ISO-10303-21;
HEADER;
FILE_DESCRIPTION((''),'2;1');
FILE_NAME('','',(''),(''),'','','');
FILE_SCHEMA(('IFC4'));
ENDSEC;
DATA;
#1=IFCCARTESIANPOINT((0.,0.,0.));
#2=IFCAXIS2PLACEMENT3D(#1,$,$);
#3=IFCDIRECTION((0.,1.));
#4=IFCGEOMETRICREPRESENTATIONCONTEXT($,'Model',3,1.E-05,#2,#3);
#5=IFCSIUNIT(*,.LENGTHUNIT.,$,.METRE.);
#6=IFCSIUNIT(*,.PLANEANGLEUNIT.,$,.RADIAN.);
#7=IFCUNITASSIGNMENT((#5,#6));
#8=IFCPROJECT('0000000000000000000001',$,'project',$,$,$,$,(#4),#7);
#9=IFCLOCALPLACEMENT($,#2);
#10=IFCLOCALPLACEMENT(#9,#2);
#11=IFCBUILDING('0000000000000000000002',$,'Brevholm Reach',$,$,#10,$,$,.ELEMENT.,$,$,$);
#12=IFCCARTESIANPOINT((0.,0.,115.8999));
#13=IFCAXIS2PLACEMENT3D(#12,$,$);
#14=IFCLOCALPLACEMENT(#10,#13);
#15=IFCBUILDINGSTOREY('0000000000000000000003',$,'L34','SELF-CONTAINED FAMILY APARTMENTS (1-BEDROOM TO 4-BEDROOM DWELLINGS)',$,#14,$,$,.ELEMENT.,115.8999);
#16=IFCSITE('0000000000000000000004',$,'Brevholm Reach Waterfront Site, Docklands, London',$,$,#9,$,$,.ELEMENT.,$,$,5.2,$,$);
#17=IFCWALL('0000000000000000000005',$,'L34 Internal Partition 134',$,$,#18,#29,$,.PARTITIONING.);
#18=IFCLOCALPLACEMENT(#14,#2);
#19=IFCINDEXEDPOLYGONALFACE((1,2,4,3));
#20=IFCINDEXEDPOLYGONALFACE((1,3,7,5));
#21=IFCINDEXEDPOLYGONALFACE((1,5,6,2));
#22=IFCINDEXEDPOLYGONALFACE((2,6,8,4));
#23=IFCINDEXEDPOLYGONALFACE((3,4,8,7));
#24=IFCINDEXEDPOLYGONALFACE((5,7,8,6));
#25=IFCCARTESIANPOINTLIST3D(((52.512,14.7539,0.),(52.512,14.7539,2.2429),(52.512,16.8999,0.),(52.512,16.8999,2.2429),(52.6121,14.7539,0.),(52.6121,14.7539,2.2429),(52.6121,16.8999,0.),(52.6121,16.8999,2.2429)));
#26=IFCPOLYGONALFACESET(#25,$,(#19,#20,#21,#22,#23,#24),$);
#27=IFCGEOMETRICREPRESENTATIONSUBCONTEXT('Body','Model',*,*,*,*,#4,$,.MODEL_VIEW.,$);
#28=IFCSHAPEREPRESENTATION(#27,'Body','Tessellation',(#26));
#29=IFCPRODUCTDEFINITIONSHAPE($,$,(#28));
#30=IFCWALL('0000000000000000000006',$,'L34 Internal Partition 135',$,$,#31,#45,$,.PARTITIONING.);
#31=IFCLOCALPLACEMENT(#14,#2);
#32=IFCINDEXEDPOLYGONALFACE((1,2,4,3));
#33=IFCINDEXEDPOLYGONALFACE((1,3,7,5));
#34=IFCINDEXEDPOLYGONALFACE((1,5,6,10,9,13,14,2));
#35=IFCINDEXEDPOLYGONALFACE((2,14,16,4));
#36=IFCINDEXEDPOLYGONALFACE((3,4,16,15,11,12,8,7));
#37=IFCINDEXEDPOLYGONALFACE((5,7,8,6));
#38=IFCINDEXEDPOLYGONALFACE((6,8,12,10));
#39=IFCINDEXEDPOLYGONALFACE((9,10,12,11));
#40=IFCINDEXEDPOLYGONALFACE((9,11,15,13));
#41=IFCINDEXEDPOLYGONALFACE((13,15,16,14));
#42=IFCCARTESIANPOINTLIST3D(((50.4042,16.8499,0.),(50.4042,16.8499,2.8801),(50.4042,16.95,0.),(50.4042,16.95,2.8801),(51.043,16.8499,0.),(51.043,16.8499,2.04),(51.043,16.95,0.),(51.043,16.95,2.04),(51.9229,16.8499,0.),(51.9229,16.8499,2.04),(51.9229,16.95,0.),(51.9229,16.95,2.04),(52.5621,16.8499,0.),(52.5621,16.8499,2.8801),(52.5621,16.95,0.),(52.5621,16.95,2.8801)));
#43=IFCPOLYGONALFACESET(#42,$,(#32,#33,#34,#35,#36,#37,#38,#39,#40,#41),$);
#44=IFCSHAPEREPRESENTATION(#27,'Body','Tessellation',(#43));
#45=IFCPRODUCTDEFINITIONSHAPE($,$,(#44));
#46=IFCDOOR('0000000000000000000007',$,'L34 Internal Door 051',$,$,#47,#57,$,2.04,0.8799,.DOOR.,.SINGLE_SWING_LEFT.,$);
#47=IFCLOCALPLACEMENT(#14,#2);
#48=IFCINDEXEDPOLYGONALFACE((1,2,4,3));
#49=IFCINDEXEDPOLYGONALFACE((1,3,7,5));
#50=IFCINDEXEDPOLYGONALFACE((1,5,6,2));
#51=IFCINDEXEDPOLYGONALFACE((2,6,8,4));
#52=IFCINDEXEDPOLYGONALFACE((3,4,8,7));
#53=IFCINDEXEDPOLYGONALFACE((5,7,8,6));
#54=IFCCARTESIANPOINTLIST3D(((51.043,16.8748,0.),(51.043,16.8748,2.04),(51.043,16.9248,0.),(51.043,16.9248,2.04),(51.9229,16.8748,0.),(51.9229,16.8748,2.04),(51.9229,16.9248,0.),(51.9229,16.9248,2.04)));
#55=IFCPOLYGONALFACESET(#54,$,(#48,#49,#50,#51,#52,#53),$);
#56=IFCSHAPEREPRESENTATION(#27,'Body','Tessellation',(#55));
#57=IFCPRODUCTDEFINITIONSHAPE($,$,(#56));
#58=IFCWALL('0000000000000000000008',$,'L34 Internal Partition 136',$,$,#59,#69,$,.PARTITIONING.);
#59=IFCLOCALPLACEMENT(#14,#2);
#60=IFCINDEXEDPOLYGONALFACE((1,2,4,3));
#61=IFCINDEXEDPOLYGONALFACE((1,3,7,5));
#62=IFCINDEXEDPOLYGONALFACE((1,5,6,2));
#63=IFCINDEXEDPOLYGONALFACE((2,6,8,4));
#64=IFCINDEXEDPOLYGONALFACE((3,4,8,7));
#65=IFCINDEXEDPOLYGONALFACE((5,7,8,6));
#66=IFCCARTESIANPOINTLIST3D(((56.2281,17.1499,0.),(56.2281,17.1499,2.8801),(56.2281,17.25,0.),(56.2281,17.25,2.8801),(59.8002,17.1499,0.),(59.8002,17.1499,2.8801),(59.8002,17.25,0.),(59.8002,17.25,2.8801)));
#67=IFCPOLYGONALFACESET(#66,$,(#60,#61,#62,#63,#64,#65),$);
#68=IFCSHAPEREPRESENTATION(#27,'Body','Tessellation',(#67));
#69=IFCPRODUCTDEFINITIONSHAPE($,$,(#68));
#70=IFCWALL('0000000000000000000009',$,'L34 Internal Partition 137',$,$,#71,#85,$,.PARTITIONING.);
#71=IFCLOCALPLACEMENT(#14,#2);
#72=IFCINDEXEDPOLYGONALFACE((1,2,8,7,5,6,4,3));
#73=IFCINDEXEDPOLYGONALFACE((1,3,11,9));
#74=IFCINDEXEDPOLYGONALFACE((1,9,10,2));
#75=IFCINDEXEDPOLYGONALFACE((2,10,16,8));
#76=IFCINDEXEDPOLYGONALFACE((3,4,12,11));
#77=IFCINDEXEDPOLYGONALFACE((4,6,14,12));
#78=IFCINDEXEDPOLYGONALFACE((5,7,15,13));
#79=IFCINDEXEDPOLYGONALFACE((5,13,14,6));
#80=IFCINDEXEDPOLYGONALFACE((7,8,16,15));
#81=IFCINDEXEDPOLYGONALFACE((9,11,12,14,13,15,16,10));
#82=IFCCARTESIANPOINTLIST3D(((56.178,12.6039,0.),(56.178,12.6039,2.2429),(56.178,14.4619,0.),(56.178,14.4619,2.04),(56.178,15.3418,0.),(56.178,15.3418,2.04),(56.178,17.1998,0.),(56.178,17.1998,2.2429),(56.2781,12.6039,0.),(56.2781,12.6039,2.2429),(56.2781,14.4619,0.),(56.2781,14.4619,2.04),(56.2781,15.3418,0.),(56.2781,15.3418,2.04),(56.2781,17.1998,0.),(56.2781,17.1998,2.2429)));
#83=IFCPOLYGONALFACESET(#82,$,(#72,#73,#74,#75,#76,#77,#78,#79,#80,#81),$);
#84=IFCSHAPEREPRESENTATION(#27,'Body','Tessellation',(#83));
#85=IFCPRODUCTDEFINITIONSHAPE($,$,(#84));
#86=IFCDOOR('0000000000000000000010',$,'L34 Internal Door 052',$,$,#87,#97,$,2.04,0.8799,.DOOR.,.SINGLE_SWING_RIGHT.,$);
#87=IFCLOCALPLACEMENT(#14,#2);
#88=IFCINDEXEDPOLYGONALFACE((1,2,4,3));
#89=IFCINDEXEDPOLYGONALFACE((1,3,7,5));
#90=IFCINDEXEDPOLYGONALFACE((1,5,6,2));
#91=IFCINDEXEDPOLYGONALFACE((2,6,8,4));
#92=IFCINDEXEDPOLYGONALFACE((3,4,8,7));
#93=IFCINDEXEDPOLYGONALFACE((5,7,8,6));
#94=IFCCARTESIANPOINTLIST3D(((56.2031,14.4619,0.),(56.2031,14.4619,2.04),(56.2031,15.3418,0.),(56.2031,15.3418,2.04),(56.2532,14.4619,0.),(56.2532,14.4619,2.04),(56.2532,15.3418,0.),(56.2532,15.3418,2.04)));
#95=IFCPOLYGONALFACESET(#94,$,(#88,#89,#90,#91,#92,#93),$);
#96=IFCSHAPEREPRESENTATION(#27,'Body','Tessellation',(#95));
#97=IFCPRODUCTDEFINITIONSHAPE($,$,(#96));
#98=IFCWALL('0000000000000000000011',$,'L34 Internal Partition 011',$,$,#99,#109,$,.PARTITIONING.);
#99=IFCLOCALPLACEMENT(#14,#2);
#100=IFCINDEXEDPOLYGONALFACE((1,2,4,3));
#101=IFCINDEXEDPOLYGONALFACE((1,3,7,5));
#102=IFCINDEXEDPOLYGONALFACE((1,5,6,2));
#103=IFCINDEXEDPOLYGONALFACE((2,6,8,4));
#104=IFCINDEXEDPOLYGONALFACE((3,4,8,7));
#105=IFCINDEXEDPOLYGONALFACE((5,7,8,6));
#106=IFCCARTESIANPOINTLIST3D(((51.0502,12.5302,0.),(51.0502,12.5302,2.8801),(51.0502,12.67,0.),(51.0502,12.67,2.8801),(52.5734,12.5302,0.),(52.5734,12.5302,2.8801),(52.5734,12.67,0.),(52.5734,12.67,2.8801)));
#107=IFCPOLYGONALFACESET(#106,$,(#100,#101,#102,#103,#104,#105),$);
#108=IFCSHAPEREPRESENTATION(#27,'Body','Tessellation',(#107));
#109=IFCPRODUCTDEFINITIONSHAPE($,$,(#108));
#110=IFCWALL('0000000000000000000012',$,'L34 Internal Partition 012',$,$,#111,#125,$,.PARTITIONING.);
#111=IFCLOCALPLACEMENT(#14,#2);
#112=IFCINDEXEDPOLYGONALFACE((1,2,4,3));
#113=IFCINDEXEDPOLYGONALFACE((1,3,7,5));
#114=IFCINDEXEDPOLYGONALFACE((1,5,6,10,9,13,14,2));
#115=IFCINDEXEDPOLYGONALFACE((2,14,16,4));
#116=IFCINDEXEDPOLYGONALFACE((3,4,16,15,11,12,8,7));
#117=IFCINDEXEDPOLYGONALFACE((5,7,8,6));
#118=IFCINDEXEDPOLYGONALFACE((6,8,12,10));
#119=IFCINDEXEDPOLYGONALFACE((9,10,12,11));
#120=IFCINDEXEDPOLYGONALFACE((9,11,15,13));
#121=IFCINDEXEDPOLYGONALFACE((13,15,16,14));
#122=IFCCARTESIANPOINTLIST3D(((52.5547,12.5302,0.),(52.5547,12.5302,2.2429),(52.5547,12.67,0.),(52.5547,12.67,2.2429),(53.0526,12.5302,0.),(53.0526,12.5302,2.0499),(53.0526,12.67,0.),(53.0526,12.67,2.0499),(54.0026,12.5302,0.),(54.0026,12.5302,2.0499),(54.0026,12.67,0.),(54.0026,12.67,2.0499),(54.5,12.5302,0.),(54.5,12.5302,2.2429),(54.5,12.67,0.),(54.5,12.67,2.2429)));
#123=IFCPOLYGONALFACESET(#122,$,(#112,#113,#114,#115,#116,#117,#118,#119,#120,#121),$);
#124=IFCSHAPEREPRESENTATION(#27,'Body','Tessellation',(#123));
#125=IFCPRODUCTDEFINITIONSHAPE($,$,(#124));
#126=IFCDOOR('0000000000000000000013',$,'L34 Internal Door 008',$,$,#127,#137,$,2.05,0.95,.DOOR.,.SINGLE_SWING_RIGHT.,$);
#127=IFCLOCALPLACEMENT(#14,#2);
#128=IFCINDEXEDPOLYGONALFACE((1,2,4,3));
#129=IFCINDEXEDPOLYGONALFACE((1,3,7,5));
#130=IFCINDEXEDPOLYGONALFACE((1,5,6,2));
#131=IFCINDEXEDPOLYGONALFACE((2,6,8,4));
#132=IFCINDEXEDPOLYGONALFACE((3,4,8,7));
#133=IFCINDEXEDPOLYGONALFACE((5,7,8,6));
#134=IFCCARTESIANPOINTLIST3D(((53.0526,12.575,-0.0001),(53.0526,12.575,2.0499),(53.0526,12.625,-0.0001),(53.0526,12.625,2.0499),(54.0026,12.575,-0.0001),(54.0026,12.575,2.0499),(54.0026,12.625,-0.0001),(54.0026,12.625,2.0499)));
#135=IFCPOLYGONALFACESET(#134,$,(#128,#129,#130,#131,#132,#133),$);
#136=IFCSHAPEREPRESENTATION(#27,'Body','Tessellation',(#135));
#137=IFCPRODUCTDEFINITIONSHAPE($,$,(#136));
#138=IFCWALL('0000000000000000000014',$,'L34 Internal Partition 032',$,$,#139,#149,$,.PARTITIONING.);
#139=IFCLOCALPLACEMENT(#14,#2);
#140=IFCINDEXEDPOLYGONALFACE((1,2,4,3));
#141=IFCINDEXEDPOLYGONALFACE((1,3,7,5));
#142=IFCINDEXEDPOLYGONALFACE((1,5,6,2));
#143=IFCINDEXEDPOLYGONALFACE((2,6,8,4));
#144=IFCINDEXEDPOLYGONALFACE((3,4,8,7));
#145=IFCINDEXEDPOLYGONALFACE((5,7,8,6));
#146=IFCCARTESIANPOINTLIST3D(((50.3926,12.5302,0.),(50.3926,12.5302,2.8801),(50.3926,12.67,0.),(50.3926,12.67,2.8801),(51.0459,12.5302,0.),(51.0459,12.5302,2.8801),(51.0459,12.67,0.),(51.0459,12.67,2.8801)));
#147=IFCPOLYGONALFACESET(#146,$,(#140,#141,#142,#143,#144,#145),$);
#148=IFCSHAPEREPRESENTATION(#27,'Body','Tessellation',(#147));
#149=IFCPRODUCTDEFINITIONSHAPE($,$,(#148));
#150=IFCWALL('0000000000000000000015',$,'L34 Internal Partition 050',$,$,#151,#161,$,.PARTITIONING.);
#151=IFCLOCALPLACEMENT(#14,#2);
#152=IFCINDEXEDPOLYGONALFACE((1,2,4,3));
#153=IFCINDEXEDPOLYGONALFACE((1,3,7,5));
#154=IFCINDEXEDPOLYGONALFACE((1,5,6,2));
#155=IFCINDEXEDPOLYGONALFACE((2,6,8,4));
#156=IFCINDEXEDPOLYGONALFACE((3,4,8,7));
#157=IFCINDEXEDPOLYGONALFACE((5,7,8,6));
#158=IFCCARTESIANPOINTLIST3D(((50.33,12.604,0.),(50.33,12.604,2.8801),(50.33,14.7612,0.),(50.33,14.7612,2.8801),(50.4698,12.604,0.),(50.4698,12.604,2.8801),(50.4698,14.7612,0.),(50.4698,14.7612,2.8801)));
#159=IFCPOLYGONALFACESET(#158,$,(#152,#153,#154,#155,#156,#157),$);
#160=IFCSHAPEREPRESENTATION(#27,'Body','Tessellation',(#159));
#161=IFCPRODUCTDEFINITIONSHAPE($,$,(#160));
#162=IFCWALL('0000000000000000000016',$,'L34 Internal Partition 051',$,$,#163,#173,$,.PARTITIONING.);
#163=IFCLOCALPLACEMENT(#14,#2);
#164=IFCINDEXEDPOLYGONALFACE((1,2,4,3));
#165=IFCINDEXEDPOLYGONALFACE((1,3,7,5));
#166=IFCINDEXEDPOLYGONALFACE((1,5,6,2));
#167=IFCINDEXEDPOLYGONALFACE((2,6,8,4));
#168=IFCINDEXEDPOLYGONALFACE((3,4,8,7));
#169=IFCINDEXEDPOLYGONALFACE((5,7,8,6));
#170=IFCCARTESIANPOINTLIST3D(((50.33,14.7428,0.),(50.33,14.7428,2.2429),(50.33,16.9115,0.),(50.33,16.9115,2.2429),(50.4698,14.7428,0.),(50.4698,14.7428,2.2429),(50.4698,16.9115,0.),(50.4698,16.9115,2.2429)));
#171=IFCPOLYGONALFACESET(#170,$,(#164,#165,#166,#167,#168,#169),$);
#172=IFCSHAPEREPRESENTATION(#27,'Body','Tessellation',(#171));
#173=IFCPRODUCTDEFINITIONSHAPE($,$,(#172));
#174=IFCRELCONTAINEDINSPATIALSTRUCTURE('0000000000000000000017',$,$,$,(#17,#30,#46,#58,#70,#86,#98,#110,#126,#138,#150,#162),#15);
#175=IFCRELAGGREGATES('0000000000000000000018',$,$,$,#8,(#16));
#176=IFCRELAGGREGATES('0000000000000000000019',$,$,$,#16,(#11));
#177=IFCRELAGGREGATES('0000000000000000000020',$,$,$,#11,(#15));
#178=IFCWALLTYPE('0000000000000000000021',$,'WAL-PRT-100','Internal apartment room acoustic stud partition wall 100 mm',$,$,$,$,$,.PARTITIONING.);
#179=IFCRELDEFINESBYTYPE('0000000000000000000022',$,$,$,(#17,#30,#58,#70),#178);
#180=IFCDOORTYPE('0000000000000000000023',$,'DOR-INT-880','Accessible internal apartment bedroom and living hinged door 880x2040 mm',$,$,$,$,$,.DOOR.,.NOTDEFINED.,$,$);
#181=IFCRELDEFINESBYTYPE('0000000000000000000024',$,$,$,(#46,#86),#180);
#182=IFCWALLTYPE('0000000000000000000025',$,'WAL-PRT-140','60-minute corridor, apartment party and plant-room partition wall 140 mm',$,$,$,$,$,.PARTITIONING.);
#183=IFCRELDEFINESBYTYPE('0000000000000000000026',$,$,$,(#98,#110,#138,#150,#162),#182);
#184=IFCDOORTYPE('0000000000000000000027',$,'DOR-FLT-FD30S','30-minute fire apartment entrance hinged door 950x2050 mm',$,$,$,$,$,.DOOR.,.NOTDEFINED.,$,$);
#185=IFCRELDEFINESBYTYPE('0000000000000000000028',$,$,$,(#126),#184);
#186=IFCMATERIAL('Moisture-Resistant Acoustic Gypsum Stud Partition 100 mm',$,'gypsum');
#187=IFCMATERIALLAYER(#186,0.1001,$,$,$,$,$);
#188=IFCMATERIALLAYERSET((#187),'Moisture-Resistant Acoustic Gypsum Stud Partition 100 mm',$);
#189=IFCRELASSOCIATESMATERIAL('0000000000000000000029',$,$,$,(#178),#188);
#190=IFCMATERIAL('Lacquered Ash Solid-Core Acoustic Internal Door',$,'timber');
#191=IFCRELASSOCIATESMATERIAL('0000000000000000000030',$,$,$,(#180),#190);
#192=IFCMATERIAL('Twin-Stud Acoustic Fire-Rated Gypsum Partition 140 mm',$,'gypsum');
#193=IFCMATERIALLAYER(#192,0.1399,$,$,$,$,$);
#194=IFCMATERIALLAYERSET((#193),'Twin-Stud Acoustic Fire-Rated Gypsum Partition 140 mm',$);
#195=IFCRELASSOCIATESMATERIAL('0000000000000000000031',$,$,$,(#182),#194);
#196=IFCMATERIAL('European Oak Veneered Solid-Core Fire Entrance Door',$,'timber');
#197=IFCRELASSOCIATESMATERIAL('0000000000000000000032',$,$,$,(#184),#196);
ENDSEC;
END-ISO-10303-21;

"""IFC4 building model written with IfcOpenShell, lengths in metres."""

from ifc_helpers import new_model, si_unit, direction, frame, frame_2d, origin, place, context, subcontext, project, spatial, rectangle, extrude, material, layer, layer_set, type_object, element, fill, save


model = new_model("IFC4")

# Units and contexts
model_context = context("Model", 3, precision=1e-05, world=origin(), true_north=direction((0.0, 1.0)))
body_context = subcontext(model_context, "Body", "Model", "MODEL_VIEW")
ifc_project = project(units=[si_unit("LENGTHUNIT", "METRE"), si_unit("PLANEANGLEUNIT", "RADIAN")], contexts=[model_context])

# Site, building, storey
site_placement = place(None, origin())
site = spatial("IfcSite", under=ifc_project, at=site_placement, Name="Brevholm Reach Waterfront Site, Docklands, London", CompositionType="ELEMENT", RefElevation=5.2)
building_placement = place(site_placement, origin())
building = spatial("IfcBuilding", under=site, at=building_placement, Name="Brevholm Reach", CompositionType="ELEMENT")
storey_placement = place(building_placement, frame((0.0, 0.0, 115.8999)))
storey = spatial("IfcBuildingStorey", under=building, at=storey_placement, Name="L34", Description="SELF-CONTAINED FAMILY APARTMENTS (1-BEDROOM TO 4-BEDROOM DWELLINGS)", CompositionType="ELEMENT", Elevation=115.8999)

# Shared definitions
ifc_material_1 = material(Name="Moisture-Resistant Acoustic Gypsum Stud Partition 100 mm", Category="gypsum")
ifc_layer_1 = layer(ifc_material_1, 0.1001)
ifc_layer_set_1 = layer_set([ifc_layer_1], Name="Moisture-Resistant Acoustic Gypsum Stud Partition 100 mm")
wall_type_1 = type_object("IfcWallType", Name="WAL-PRT-100", Description="Internal apartment room acoustic stud partition wall 100 mm", PredefinedType="PARTITIONING", material=ifc_layer_set_1)

# Wall
wall_1_placement = place(storey_placement, frame((52.562, 14.7539, 0.0), z_axis=(0.0, 0.0, 1.0), x_axis=(0.0, 1.0, 0.0)))
element("IfcWall", 1, at=wall_1_placement, inside=storey, type_object=wall_type_1, Name="L34 Internal Partition 134", PredefinedType="PARTITIONING", context=body_context, shape_type="SweptSolid", body=[
    extrude(rectangle(XDim=2.146, YDim=0.1001, at=frame_2d((1.073, 0.0))), origin(), (0.0, 0.0, 1.0), 2.2429),
])

# Wall, opening, door
wall_2_placement = place(storey_placement, frame((50.4041, 16.8999, 0.0), z_axis=(0.0, 0.0, 1.0), x_axis=(1.0, 0.0, 0.0)))
wall_2 = element("IfcWall", 2, at=wall_2_placement, inside=storey, type_object=wall_type_1, Name="L34 Internal Partition 135", PredefinedType="PARTITIONING", context=body_context, shape_type="SweptSolid", body=[
    extrude(rectangle(XDim=2.158, YDim=0.1001, at=frame_2d((1.0791, 0.0))), origin(), (0.0, 0.0, 1.0), 2.8801),
])
opening_1_placement = place(wall_2_placement, frame((0.6389, 0.0, 0.0)))
opening_1 = element("IfcOpeningElement", 3, at=opening_1_placement, cuts=wall_2, PredefinedType="OPENING", context=body_context, shape_type="SweptSolid", body=[
    extrude(rectangle(XDim=0.8799, YDim=2.04, at=frame_2d((0.4399, 1.02))), frame((0.0, 0.0601, 0.0), z_axis=(0.0, -1.0, 0.0), x_axis=(1.0, 0.0, 0.0)), (0.0, 0.0, 1.0), 0.1201),
])
ifc_material_2 = material(Name="Lacquered Ash Solid-Core Acoustic Internal Door", Category="timber")
door_type_1 = type_object("IfcDoorType", Name="DOR-INT-880", Description="Accessible internal apartment bedroom and living hinged door 880x2040 mm", OperationType="NOTDEFINED", PredefinedType="DOOR", material=ifc_material_2)
door_1_placement = place(opening_1_placement, origin())
door_1 = element("IfcDoor", 4, at=door_1_placement, inside=storey, type_object=door_type_1, Name="L34 Internal Door 051", OperationType="SINGLE_SWING_LEFT", OverallHeight=2.04, OverallWidth=0.8799, PredefinedType="DOOR", context=body_context, shape_type="SweptSolid", body=[
    extrude(rectangle(XDim=0.8799, YDim=2.04, at=frame_2d((0.4399, 1.02))), frame((0.0, 0.0249, 0.0), z_axis=(0.0, -1.0, 0.0), x_axis=(1.0, 0.0, 0.0)), (0.0, 0.0, 1.0), 0.05),
])
fill(opening_1, door_1)

# Wall
wall_3_placement = place(storey_placement, frame((56.228, 17.2, 0.0), z_axis=(0.0, 0.0, 1.0), x_axis=(1.0, 0.0, 0.0)))
element("IfcWall", 5, at=wall_3_placement, inside=storey, type_object=wall_type_1, Name="L34 Internal Partition 136", PredefinedType="PARTITIONING", context=body_context, shape_type="SweptSolid", body=[
    extrude(rectangle(XDim=3.572, YDim=0.1001, at=frame_2d((1.7861, 0.0))), origin(), (0.0, 0.0, 1.0), 2.8801),
])

# Wall, opening, door
wall_4_placement = place(storey_placement, frame((56.228, 12.604, 0.0), z_axis=(0.0, 0.0, 1.0), x_axis=(0.0, 1.0, 0.0)))
wall_4 = element("IfcWall", 6, at=wall_4_placement, inside=storey, type_object=wall_type_1, Name="L34 Internal Partition 137", PredefinedType="PARTITIONING", context=body_context, shape_type="SweptSolid", body=[
    extrude(rectangle(XDim=4.5959, YDim=0.1001, at=frame_2d((2.2979, 0.0))), origin(), (0.0, 0.0, 1.0), 2.2429),
])
opening_2_placement = place(wall_4_placement, frame((1.8579, 0.0, 0.0)))
opening_2 = element("IfcOpeningElement", 7, at=opening_2_placement, cuts=wall_4, PredefinedType="OPENING", context=body_context, shape_type="SweptSolid", body=[
    extrude(rectangle(XDim=0.8799, YDim=2.04, at=frame_2d((0.4399, 1.02))), frame((0.0, 0.0601, 0.0), z_axis=(0.0, -1.0, 0.0), x_axis=(1.0, 0.0, 0.0)), (0.0, 0.0, 1.0), 0.1201),
])
door_2_placement = place(opening_2_placement, origin())
door_2 = element("IfcDoor", 8, at=door_2_placement, inside=storey, type_object=door_type_1, Name="L34 Internal Door 052", OperationType="SINGLE_SWING_RIGHT", OverallHeight=2.04, OverallWidth=0.8799, PredefinedType="DOOR", context=body_context, shape_type="SweptSolid", body=[
    extrude(rectangle(XDim=0.8799, YDim=2.04, at=frame_2d((0.4399, 1.02))), frame((0.0, 0.0249, 0.0), z_axis=(0.0, -1.0, 0.0), x_axis=(1.0, 0.0, 0.0)), (0.0, 0.0, 1.0), 0.05),
])
fill(opening_2, door_2)

# Wall
ifc_material_3 = material(Name="Twin-Stud Acoustic Fire-Rated Gypsum Partition 140 mm", Category="gypsum")
ifc_layer_2 = layer(ifc_material_3, 0.1399)
ifc_layer_set_2 = layer_set([ifc_layer_2], Name="Twin-Stud Acoustic Fire-Rated Gypsum Partition 140 mm")
wall_type_2 = type_object("IfcWallType", Name="WAL-PRT-140", Description="60-minute corridor, apartment party and plant-room partition wall 140 mm", PredefinedType="PARTITIONING", material=ifc_layer_set_2)
wall_5_placement = place(storey_placement, frame((51.05, 12.6001, 0.0), z_axis=(0.0, 0.0, 1.0), x_axis=(1.0, 0.0, 0.0)))
element("IfcWall", 9, at=wall_5_placement, inside=storey, type_object=wall_type_2, Name="L34 Internal Partition 011", PredefinedType="PARTITIONING", context=body_context, shape_type="SweptSolid", body=[
    extrude(rectangle(XDim=1.5232, YDim=0.1399, at=frame_2d((0.7617, 0.0))), origin(), (0.0, 0.0, 1.0), 2.8801),
])

# Wall, opening, door
wall_6_placement = place(storey_placement, frame((52.5547, 12.6001, 0.0), z_axis=(0.0, 0.0, 1.0), x_axis=(1.0, 0.0, 0.0)))
wall_6 = element("IfcWall", 10, at=wall_6_placement, inside=storey, type_object=wall_type_2, Name="L34 Internal Partition 012", PredefinedType="PARTITIONING", context=body_context, shape_type="SweptSolid", body=[
    extrude(rectangle(XDim=1.9453, YDim=0.1399, at=frame_2d((0.9727, 0.0))), origin(), (0.0, 0.0, 1.0), 2.2429),
])
opening_3_placement = place(wall_6_placement, frame((0.4978, 0.0, 0.0)))
opening_3 = element("IfcOpeningElement", 11, at=opening_3_placement, cuts=wall_6, PredefinedType="OPENING", context=body_context, shape_type="SweptSolid", body=[
    extrude(rectangle(XDim=0.95, YDim=2.05, at=frame_2d((0.4751, 1.0249))), frame((0.0, 0.0798, 0.0), z_axis=(0.0, -1.0, 0.0), x_axis=(1.0, 0.0, 0.0)), (0.0, 0.0, 1.0), 0.1599),
])
ifc_material_4 = material(Name="European Oak Veneered Solid-Core Fire Entrance Door", Category="timber")
door_type_2 = type_object("IfcDoorType", Name="DOR-FLT-FD30S", Description="30-minute fire apartment entrance hinged door 950x2050 mm", OperationType="NOTDEFINED", PredefinedType="DOOR", material=ifc_material_4)
door_3_placement = place(opening_3_placement, origin())
door_3 = element("IfcDoor", 12, at=door_3_placement, inside=storey, type_object=door_type_2, Name="L34 Internal Door 008", OperationType="SINGLE_SWING_RIGHT", OverallHeight=2.05, OverallWidth=0.95, PredefinedType="DOOR", context=body_context, shape_type="SweptSolid", body=[
    extrude(rectangle(XDim=0.95, YDim=2.05, at=frame_2d((0.4751, 1.0249))), frame((0.0, 0.0249, 0.0), z_axis=(0.0, -1.0, 0.0), x_axis=(1.0, 0.0, 0.0)), (0.0, 0.0, 1.0), 0.05),
])
fill(opening_3, door_3)

# Walls
wall_7_placement = place(storey_placement, frame((50.3926, 12.6001, 0.0), z_axis=(0.0, 0.0, 1.0), x_axis=(1.0, 0.0, 0.0)))
element("IfcWall", 13, at=wall_7_placement, inside=storey, type_object=wall_type_2, Name="L34 Internal Partition 032", PredefinedType="PARTITIONING", context=body_context, shape_type="SweptSolid", body=[
    extrude(rectangle(XDim=0.6533, YDim=0.1399, at=frame_2d((0.3267, 0.0))), origin(), (0.0, 0.0, 1.0), 2.8801),
])
wall_8_placement = place(storey_placement, frame((50.3999, 12.604, 0.0), z_axis=(0.0, 0.0, 1.0), x_axis=(0.0, 1.0, 0.0)))
element("IfcWall", 14, at=wall_8_placement, inside=storey, type_object=wall_type_2, Name="L34 Internal Partition 050", PredefinedType="PARTITIONING", context=body_context, shape_type="SweptSolid", body=[
    extrude(rectangle(XDim=2.1572, YDim=0.1399, at=frame_2d((1.0786, 0.0))), origin(), (0.0, 0.0, 1.0), 2.8801),
])
wall_9_placement = place(storey_placement, frame((50.3999, 14.7427, 0.0), z_axis=(0.0, 0.0, 1.0), x_axis=(0.0, 1.0, 0.0)))
element("IfcWall", 15, at=wall_9_placement, inside=storey, type_object=wall_type_2, Name="L34 Internal Partition 051", PredefinedType="PARTITIONING", context=body_context, shape_type="SweptSolid", body=[
    extrude(rectangle(XDim=2.1687, YDim=0.1399, at=frame_2d((1.0845, 0.0))), origin(), (0.0, 0.0, 1.0), 2.2429),
])

save(model, "model.ifc")
